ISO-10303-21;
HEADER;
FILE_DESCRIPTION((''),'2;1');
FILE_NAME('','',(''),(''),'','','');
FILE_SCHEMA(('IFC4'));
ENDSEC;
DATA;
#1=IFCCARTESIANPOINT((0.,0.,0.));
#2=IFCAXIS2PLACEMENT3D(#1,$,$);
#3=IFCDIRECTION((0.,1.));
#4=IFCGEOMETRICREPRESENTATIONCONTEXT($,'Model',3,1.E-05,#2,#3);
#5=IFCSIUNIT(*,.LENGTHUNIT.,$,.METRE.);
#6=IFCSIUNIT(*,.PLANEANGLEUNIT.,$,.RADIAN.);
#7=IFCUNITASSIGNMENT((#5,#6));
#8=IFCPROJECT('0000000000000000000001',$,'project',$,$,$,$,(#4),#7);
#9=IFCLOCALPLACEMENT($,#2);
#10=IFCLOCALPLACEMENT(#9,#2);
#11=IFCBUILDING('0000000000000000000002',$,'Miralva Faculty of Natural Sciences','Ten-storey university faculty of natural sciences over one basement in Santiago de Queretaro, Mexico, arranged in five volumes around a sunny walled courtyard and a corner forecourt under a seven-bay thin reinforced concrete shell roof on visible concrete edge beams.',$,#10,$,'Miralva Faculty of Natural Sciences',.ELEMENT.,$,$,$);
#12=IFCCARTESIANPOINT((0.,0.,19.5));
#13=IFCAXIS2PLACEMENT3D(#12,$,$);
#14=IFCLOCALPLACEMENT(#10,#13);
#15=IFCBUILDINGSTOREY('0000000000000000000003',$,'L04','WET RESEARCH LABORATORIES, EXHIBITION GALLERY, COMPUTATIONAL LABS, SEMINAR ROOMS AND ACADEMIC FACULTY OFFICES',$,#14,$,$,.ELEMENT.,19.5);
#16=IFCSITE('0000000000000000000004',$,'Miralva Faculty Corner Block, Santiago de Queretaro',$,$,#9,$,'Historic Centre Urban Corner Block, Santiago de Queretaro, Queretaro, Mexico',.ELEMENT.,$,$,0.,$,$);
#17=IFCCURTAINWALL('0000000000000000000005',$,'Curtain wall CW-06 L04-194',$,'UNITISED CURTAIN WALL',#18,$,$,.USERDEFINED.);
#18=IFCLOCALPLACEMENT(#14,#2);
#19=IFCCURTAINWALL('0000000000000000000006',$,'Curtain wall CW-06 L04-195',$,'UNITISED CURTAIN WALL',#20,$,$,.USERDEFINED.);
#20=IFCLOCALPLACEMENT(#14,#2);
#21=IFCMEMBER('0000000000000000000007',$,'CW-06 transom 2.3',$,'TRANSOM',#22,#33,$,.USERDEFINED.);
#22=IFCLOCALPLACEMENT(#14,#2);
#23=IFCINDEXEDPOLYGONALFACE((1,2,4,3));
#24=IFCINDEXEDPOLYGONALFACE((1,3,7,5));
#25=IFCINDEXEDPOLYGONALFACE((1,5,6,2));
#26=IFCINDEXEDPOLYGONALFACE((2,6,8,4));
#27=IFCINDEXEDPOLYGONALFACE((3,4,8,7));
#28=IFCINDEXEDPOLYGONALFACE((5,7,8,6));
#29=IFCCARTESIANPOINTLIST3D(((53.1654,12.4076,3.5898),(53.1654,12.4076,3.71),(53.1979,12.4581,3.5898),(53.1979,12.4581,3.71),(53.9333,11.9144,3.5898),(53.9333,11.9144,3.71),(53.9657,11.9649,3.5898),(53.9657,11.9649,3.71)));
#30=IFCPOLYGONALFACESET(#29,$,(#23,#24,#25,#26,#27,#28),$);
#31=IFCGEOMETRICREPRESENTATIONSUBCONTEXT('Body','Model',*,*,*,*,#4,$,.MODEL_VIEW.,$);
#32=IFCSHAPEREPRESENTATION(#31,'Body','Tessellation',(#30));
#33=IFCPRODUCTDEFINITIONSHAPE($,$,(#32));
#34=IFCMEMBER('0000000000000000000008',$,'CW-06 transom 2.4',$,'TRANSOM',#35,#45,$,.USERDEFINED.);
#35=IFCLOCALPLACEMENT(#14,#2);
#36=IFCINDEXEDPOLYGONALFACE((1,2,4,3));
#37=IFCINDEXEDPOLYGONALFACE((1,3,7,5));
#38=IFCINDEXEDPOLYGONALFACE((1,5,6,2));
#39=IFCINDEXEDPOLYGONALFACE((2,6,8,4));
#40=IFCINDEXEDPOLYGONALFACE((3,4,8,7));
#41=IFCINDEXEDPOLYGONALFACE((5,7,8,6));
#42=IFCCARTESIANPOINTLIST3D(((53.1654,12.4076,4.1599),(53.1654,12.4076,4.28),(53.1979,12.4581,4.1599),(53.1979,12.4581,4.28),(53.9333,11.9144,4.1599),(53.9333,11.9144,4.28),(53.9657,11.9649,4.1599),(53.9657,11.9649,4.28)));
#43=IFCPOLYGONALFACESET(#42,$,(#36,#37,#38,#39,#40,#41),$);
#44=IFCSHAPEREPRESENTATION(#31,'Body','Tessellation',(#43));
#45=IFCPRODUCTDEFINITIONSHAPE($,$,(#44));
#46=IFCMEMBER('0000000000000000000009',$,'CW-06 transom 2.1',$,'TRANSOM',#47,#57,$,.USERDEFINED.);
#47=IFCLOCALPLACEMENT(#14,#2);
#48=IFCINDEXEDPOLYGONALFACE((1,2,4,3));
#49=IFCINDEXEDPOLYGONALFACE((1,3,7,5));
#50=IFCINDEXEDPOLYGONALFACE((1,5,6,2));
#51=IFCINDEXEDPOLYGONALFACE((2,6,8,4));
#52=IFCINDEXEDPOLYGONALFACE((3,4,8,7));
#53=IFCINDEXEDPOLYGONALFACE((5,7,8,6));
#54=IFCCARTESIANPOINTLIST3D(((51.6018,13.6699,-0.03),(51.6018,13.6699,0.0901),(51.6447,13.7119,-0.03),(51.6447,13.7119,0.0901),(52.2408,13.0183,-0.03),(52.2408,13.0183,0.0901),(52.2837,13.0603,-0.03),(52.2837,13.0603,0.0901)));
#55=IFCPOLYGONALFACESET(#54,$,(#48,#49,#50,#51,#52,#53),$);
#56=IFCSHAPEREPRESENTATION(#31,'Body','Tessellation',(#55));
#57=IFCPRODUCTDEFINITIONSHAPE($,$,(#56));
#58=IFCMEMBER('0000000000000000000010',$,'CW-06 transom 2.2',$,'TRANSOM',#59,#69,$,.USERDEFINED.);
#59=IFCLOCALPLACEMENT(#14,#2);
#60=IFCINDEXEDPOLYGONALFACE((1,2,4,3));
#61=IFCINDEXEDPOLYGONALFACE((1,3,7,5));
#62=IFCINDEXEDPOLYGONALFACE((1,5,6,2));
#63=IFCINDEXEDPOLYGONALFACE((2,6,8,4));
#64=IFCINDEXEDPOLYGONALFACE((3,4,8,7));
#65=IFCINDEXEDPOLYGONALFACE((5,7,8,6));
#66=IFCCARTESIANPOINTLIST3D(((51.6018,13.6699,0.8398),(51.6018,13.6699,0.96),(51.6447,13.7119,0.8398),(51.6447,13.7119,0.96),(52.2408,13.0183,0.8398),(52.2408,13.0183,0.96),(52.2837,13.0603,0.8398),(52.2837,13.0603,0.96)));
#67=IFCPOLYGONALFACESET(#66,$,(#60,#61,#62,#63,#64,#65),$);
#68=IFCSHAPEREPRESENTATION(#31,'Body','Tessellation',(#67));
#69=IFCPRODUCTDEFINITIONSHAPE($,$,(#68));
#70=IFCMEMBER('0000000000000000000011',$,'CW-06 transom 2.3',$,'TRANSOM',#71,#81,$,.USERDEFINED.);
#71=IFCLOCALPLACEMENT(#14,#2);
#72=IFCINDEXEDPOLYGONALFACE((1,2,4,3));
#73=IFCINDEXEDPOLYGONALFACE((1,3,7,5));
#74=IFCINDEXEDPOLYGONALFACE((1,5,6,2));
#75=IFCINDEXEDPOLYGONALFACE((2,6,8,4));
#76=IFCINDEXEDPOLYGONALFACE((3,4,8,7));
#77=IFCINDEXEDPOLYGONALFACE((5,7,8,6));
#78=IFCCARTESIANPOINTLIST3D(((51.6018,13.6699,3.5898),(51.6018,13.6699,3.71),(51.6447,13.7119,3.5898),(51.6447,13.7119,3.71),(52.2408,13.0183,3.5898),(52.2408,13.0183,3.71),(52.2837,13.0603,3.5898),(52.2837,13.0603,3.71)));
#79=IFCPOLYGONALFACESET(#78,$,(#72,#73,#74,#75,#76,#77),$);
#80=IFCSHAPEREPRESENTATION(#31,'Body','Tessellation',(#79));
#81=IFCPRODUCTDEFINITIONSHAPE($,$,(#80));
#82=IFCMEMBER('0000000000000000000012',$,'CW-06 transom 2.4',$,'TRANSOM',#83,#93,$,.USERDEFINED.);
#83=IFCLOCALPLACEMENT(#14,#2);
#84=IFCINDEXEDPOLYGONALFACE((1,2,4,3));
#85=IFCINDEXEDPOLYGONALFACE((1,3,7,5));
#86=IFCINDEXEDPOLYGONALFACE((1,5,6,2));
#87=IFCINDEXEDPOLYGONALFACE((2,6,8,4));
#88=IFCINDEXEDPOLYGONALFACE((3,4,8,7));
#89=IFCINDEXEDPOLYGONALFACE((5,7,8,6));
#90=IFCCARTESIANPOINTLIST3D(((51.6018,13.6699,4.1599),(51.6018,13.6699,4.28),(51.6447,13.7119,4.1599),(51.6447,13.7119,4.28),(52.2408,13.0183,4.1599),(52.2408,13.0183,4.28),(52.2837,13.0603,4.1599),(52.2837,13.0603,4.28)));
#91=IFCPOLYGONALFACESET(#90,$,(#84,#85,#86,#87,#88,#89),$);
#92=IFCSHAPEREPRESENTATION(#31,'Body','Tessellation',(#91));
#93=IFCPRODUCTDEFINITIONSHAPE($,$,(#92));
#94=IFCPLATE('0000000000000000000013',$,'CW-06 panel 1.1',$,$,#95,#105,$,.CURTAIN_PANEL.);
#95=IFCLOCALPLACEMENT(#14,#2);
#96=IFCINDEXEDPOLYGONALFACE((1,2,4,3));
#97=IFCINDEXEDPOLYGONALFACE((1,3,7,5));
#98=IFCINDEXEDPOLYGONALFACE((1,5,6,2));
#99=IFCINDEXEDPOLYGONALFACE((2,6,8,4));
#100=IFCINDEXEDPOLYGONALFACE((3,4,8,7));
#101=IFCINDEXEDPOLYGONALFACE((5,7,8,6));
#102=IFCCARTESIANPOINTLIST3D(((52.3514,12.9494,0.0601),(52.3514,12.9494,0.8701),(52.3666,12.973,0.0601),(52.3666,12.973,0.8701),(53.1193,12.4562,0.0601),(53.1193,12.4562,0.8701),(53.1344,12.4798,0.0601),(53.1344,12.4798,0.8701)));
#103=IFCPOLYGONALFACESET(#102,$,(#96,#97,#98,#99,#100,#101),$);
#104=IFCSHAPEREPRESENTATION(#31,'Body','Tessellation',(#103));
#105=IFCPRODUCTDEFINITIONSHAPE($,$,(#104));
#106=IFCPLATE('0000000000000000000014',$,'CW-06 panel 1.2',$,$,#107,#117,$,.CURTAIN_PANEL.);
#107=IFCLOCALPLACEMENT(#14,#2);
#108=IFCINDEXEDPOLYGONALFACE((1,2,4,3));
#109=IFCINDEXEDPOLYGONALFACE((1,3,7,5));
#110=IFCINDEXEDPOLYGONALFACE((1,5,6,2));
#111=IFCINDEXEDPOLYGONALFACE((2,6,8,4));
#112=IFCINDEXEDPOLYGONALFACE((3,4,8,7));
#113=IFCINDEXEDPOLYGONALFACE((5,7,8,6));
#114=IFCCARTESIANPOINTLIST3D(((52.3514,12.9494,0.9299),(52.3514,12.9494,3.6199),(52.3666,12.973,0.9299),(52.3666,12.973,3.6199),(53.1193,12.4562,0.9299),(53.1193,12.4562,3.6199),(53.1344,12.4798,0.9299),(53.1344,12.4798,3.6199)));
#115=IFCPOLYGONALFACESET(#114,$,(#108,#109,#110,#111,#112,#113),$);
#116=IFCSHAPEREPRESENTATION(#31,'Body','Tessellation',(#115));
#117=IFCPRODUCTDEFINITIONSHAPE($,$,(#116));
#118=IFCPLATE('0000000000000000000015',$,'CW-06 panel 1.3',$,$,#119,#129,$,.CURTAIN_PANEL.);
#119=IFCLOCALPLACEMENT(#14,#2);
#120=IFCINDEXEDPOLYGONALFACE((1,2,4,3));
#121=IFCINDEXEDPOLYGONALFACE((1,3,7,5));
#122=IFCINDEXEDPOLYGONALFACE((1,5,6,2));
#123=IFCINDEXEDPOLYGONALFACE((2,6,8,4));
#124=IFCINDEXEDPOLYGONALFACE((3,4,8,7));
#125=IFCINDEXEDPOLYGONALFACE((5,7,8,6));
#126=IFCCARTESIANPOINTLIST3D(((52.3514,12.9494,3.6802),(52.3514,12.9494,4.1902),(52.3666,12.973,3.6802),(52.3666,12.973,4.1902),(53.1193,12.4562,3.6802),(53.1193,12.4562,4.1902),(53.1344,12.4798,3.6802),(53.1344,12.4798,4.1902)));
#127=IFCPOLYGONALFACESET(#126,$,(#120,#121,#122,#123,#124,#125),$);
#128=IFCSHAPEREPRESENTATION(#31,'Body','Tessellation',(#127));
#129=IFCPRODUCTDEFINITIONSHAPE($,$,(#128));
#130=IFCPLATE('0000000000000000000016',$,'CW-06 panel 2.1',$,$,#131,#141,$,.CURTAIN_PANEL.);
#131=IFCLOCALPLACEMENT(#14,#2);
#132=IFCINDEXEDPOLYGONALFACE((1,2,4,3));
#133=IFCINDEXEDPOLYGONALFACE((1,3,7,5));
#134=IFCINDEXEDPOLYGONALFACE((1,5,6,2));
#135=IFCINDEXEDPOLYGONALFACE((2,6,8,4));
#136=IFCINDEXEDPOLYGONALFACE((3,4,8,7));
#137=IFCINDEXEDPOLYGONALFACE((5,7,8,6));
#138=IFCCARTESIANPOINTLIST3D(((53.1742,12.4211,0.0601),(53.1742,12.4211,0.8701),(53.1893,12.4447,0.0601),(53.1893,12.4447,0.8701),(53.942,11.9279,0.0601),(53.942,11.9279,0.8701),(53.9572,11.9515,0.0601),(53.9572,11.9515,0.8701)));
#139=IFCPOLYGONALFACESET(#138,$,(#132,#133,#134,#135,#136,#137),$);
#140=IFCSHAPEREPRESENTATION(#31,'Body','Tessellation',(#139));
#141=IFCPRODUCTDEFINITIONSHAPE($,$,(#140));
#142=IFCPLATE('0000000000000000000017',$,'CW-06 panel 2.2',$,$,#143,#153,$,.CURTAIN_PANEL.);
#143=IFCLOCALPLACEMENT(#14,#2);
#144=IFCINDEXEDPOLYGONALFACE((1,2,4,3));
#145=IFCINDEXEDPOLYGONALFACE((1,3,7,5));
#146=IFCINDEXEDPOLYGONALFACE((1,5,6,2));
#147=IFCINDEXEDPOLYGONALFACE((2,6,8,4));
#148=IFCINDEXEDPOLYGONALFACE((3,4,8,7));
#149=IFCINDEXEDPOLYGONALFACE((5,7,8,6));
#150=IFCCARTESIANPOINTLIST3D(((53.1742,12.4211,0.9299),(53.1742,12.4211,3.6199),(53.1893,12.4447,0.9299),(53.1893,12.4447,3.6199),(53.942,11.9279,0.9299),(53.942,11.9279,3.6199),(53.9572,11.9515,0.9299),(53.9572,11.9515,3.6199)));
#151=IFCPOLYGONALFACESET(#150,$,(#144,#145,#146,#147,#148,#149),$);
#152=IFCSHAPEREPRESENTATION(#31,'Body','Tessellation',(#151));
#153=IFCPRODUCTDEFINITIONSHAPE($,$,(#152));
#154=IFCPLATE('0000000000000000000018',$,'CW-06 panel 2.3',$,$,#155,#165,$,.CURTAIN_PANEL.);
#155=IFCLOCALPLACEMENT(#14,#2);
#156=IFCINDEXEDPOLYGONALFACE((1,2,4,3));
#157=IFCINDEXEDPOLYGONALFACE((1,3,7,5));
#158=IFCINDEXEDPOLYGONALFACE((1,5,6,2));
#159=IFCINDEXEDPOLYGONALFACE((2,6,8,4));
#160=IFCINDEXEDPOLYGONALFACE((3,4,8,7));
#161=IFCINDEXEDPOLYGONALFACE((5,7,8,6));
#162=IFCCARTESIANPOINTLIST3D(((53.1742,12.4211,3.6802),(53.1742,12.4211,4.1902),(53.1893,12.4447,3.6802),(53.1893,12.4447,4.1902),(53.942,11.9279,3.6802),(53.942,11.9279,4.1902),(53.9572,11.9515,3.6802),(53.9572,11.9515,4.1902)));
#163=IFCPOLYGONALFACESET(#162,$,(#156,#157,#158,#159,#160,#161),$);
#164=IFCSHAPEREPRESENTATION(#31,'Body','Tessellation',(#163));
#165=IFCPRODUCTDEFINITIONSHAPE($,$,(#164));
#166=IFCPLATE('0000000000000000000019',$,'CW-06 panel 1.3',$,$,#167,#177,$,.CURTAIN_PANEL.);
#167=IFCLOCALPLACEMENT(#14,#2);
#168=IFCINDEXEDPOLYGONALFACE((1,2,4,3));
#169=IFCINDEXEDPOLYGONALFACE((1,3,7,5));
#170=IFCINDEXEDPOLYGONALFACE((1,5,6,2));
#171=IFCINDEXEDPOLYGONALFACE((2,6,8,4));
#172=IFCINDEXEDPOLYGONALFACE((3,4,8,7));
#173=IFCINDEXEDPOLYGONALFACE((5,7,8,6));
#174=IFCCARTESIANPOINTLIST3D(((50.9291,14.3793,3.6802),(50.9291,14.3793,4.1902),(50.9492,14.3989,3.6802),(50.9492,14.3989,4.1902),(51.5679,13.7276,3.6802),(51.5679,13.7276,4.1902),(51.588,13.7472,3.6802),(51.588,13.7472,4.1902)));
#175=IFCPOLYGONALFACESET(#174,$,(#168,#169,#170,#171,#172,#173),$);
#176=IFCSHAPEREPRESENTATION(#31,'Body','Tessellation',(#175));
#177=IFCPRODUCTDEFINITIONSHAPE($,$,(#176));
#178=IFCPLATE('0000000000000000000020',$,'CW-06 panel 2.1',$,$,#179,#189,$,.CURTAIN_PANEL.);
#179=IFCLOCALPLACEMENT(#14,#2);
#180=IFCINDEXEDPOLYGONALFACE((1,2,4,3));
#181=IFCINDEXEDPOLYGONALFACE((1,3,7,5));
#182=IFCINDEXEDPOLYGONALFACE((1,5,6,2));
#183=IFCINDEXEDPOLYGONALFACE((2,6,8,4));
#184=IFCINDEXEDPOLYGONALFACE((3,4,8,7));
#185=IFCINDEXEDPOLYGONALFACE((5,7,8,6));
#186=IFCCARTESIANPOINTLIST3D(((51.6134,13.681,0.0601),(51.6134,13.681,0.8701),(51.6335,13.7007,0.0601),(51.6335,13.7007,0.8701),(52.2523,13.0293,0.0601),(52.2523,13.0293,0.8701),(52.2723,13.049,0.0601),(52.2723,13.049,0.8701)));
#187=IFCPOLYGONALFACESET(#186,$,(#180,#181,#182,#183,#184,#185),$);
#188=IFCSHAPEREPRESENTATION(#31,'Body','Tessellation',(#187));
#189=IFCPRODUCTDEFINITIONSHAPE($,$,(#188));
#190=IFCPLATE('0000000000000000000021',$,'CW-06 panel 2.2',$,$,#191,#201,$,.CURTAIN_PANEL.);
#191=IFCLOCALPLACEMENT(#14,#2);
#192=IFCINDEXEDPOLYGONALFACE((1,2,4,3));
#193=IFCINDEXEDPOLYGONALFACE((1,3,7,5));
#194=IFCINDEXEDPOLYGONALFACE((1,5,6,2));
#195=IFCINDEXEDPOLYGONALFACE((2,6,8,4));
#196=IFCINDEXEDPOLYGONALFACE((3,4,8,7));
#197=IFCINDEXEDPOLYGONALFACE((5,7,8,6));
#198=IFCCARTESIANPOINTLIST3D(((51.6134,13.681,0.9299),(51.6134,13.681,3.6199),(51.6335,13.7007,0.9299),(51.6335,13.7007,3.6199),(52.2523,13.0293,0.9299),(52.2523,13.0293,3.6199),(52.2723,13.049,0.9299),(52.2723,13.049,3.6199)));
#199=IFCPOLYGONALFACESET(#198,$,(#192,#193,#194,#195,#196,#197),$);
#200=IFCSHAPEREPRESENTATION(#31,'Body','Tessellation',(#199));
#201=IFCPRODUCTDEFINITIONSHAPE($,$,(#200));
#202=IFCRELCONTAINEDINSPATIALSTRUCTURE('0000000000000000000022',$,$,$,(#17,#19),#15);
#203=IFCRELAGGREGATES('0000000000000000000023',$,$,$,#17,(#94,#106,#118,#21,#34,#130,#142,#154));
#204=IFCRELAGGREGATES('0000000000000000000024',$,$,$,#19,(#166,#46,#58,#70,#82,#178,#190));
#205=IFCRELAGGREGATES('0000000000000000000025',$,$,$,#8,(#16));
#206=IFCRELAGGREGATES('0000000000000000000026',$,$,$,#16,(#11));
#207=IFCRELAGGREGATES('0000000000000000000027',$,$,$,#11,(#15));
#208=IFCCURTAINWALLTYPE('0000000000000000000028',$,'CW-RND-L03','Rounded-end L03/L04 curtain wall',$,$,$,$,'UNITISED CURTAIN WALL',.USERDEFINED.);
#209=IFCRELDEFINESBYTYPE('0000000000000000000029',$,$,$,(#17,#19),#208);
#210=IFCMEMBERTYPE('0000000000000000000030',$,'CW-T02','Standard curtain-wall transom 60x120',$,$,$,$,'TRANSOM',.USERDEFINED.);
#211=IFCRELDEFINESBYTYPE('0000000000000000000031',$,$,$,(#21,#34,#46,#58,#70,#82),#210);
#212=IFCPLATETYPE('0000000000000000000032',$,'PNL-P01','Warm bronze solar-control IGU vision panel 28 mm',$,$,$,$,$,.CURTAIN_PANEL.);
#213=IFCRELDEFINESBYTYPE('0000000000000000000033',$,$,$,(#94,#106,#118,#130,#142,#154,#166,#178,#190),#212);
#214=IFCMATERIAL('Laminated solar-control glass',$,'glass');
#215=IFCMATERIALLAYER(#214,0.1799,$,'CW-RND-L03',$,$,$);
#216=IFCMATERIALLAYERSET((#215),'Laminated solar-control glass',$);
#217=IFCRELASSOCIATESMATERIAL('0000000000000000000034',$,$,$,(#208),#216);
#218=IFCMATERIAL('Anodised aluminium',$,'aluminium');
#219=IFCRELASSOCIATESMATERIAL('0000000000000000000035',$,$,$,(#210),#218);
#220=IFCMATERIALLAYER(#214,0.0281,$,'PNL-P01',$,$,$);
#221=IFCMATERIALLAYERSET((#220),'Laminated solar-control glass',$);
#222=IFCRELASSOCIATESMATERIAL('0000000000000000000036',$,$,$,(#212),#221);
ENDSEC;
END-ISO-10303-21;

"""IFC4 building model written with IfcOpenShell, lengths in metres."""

from ifc_helpers import new_model, si_unit, direction, frame, origin, origin_2d, place, context, subcontext, project, spatial, rectangle, extrude, material, layer, layer_set, material_profile, profile_set, type_object, element, aggregate, save


model = new_model("IFC4")

# Units and contexts
model_context = context("Model", 3, precision=1e-05, world=origin(), true_north=direction((0.0, 1.0)))
body_context = subcontext(model_context, "Body", "Model", "MODEL_VIEW")
ifc_project = project(units=[si_unit("LENGTHUNIT", "METRE"), si_unit("PLANEANGLEUNIT", "RADIAN")], contexts=[model_context])

# Site, building, storey
site_placement = place(None, origin())
site = spatial("IfcSite", under=ifc_project, at=site_placement, Name="Miralva Faculty Corner Block, Santiago de Queretaro", LongName="Historic Centre Urban Corner Block, Santiago de Queretaro, Queretaro, Mexico", CompositionType="ELEMENT", RefElevation=0.0)
building_placement = place(site_placement, origin())
building = spatial("IfcBuilding", under=site, at=building_placement, Name="Miralva Faculty of Natural Sciences", Description="Ten-storey university faculty of natural sciences over one basement in Santiago de Queretaro, Mexico, arranged in five volumes around a sunny walled courtyard and a corner forecourt under a seven-bay thin reinforced concrete shell roof on visible concrete edge beams.", LongName="Miralva Faculty of Natural Sciences", CompositionType="ELEMENT")
storey_placement = place(building_placement, frame((0.0, 0.0, 19.5)))
storey = spatial("IfcBuildingStorey", under=building, at=storey_placement, Name="L04", Description="WET RESEARCH LABORATORIES, EXHIBITION GALLERY, COMPUTATIONAL LABS, SEMINAR ROOMS AND ACADEMIC FACULTY OFFICES", CompositionType="ELEMENT", Elevation=19.5)

# Shared definitions
ifc_material_1 = material(Name="Laminated solar-control glass", Category="glass")
ifc_layer_1 = layer(ifc_material_1, 0.1799, Name="CW-RND-L03")
ifc_layer_set_1 = layer_set([ifc_layer_1], Name="Laminated solar-control glass")
curtain_wall_type = type_object("IfcCurtainWallType", Name="CW-RND-L03", Description="Rounded-end L03/L04 curtain wall", ElementType="UNITISED CURTAIN WALL", PredefinedType="USERDEFINED", material=ifc_layer_set_1)
ifc_material_2 = material(Name="Anodised aluminium", Category="aluminium")

# Curtain walls
curtain_wall_1_placement = place(storey_placement, origin())
curtain_wall_1 = element("IfcCurtainWall", 1, at=curtain_wall_1_placement, inside=storey, type_object=curtain_wall_type, Name="Curtain wall CW-06 L04-194", ObjectType="UNITISED CURTAIN WALL", PredefinedType="USERDEFINED")
curtain_wall_2_placement = place(storey_placement, origin())
curtain_wall_2 = element("IfcCurtainWall", 2, at=curtain_wall_2_placement, inside=storey, type_object=curtain_wall_type, Name="Curtain wall CW-06 L04-195", ObjectType="UNITISED CURTAIN WALL", PredefinedType="USERDEFINED")

# Members
ifc_material_profile_1 = material_profile(ifc_material_2, rectangle(XDim=0.0601, YDim=0.1201, at=origin_2d()), Name="TRANSOM 60x120")
ifc_profile_set_1 = profile_set([ifc_material_profile_1], Name="Anodised aluminium")
member_type_1 = type_object("IfcMemberType", Name="CW-T02", Description="Standard curtain-wall transom 60x120", ElementType="TRANSOM", PredefinedType="USERDEFINED", material=ifc_profile_set_1)
member_1_placement = place(storey_placement, frame((53.1816, 12.4329, 3.6499), z_axis=(0.841396, -0.54042, 0.0), x_axis=(0.54042, 0.841396, 0.0)))
member_1 = element("IfcMember", 3, at=member_1_placement, type_object=member_type_1, Name="CW-06 transom 2.3", ObjectType="TRANSOM", PredefinedType="USERDEFINED", context=body_context, shape_type="SweptSolid", body=[
    extrude(rectangle(XDim=0.0601, YDim=0.1201, at=origin_2d()), origin(), (0.0, 0.0, 1.0), 0.9126),
])
member_2_placement = place(storey_placement, frame((53.1816, 12.4329, 4.22), z_axis=(0.841396, -0.54042, 0.0), x_axis=(0.54042, 0.841396, 0.0)))
member_2 = element("IfcMember", 4, at=member_2_placement, type_object=member_type_1, Name="CW-06 transom 2.4", ObjectType="TRANSOM", PredefinedType="USERDEFINED", context=body_context, shape_type="SweptSolid", body=[
    extrude(rectangle(XDim=0.0601, YDim=0.1201, at=origin_2d()), origin(), (0.0, 0.0, 1.0), 0.9126),
])
member_3_placement = place(storey_placement, frame((51.6233, 13.6909, 0.03), z_axis=(0.700117, -0.714028, 0.0), x_axis=(0.714028, 0.700117, 0.0)))
member_3 = element("IfcMember", 5, at=member_3_placement, type_object=member_type_1, Name="CW-06 transom 2.1", ObjectType="TRANSOM", PredefinedType="USERDEFINED", context=body_context, shape_type="SweptSolid", body=[
    extrude(rectangle(XDim=0.0601, YDim=0.1201, at=origin_2d()), origin(), (0.0, 0.0, 1.0), 0.9126),
])
member_4_placement = place(storey_placement, frame((51.6233, 13.6909, 0.8999), z_axis=(0.700117, -0.714028, 0.0), x_axis=(0.714028, 0.700117, 0.0)))
member_4 = element("IfcMember", 6, at=member_4_placement, type_object=member_type_1, Name="CW-06 transom 2.2", ObjectType="TRANSOM", PredefinedType="USERDEFINED", context=body_context, shape_type="SweptSolid", body=[
    extrude(rectangle(XDim=0.0601, YDim=0.1201, at=origin_2d()), origin(), (0.0, 0.0, 1.0), 0.9126),
])
member_5_placement = place(storey_placement, frame((51.6233, 13.6909, 3.6499), z_axis=(0.700117, -0.714028, 0.0), x_axis=(0.714028, 0.700117, 0.0)))
member_5 = element("IfcMember", 7, at=member_5_placement, type_object=member_type_1, Name="CW-06 transom 2.3", ObjectType="TRANSOM", PredefinedType="USERDEFINED", context=body_context, shape_type="SweptSolid", body=[
    extrude(rectangle(XDim=0.0601, YDim=0.1201, at=origin_2d()), origin(), (0.0, 0.0, 1.0), 0.9126),
])
member_6_placement = place(storey_placement, frame((51.6233, 13.6909, 4.22), z_axis=(0.700117, -0.714028, 0.0), x_axis=(0.714028, 0.700117, 0.0)))
member_6 = element("IfcMember", 8, at=member_6_placement, type_object=member_type_1, Name="CW-06 transom 2.4", ObjectType="TRANSOM", PredefinedType="USERDEFINED", context=body_context, shape_type="SweptSolid", body=[
    extrude(rectangle(XDim=0.0601, YDim=0.1201, at=origin_2d()), origin(), (0.0, 0.0, 1.0), 0.9126),
])

# Plates
ifc_layer_2 = layer(ifc_material_1, 0.0281, Name="PNL-P01")
ifc_layer_set_2 = layer_set([ifc_layer_2], Name="Laminated solar-control glass")
plate_type = type_object("IfcPlateType", Name="PNL-P01", Description="Warm bronze solar-control IGU vision panel 28 mm", PredefinedType="CURTAIN_PANEL", material=ifc_layer_set_2)
plate_1_placement = place(storey_placement, frame((52.7429, 12.7146, 0.0601), z_axis=(0.0, 0.0, 1.0), x_axis=(0.841379, -0.540445, 0.0)))
plate_1 = element("IfcPlate", 9, at=plate_1_placement, type_object=plate_type, Name="CW-06 panel 1.1", PredefinedType="CURTAIN_PANEL", context=body_context, shape_type="SweptSolid", body=[
    extrude(rectangle(XDim=0.9126, YDim=0.0281, at=origin_2d()), origin(), (0.0, 0.0, 1.0), 0.8101),
])
plate_2_placement = place(storey_placement, frame((52.7429, 12.7146, 0.9299), z_axis=(0.0, 0.0, 1.0), x_axis=(0.841379, -0.540445, 0.0)))
plate_2 = element("IfcPlate", 10, at=plate_2_placement, type_object=plate_type, Name="CW-06 panel 1.2", PredefinedType="CURTAIN_PANEL", context=body_context, shape_type="SweptSolid", body=[
    extrude(rectangle(XDim=0.9126, YDim=0.0281, at=origin_2d()), origin(), (0.0, 0.0, 1.0), 2.6899),
])
plate_3_placement = place(storey_placement, frame((52.7429, 12.7146, 3.6802), z_axis=(0.0, 0.0, 1.0), x_axis=(0.841379, -0.540445, 0.0)))
plate_3 = element("IfcPlate", 11, at=plate_3_placement, type_object=plate_type, Name="CW-06 panel 1.3", PredefinedType="CURTAIN_PANEL", context=body_context, shape_type="SweptSolid", body=[
    extrude(rectangle(XDim=0.9126, YDim=0.0281, at=origin_2d()), origin(), (0.0, 0.0, 1.0), 0.51),
])
plate_4_placement = place(storey_placement, frame((53.5657, 12.1863, 0.0601), z_axis=(0.0, 0.0, 1.0), x_axis=(0.841379, -0.540445, 0.0)))
plate_4 = element("IfcPlate", 12, at=plate_4_placement, type_object=plate_type, Name="CW-06 panel 2.1", PredefinedType="CURTAIN_PANEL", context=body_context, shape_type="SweptSolid", body=[
    extrude(rectangle(XDim=0.9126, YDim=0.0281, at=origin_2d()), origin(), (0.0, 0.0, 1.0), 0.8101),
])
plate_5_placement = place(storey_placement, frame((53.5657, 12.1863, 0.9299), z_axis=(0.0, 0.0, 1.0), x_axis=(0.841379, -0.540445, 0.0)))
plate_5 = element("IfcPlate", 13, at=plate_5_placement, type_object=plate_type, Name="CW-06 panel 2.2", PredefinedType="CURTAIN_PANEL", context=body_context, shape_type="SweptSolid", body=[
    extrude(rectangle(XDim=0.9126, YDim=0.0281, at=origin_2d()), origin(), (0.0, 0.0, 1.0), 2.6899),
])
plate_6_placement = place(storey_placement, frame((53.5657, 12.1863, 3.6802), z_axis=(0.0, 0.0, 1.0), x_axis=(0.841379, -0.540445, 0.0)))
plate_6 = element("IfcPlate", 14, at=plate_6_placement, type_object=plate_type, Name="CW-06 panel 2.3", PredefinedType="CURTAIN_PANEL", context=body_context, shape_type="SweptSolid", body=[
    extrude(rectangle(XDim=0.9126, YDim=0.0281, at=origin_2d()), origin(), (0.0, 0.0, 1.0), 0.51),
])
aggregate(curtain_wall_1, [plate_1, plate_2, plate_3, member_1, member_2, plate_4, plate_5, plate_6])
plate_7_placement = place(storey_placement, frame((51.2585, 14.0632, 3.6802), z_axis=(0.0, 0.0, 1.0), x_axis=(0.700018, -0.714125, 0.0)))
plate_7 = element("IfcPlate", 15, at=plate_7_placement, type_object=plate_type, Name="CW-06 panel 1.3", PredefinedType="CURTAIN_PANEL", context=body_context, shape_type="SweptSolid", body=[
    extrude(rectangle(XDim=0.9126, YDim=0.0281, at=origin_2d()), origin(), (0.0, 0.0, 1.0), 0.51),
])
plate_8_placement = place(storey_placement, frame((51.9429, 13.365, 0.0601), z_axis=(0.0, 0.0, 1.0), x_axis=(0.700018, -0.714125, 0.0)))
plate_8 = element("IfcPlate", 16, at=plate_8_placement, type_object=plate_type, Name="CW-06 panel 2.1", PredefinedType="CURTAIN_PANEL", context=body_context, shape_type="SweptSolid", body=[
    extrude(rectangle(XDim=0.9126, YDim=0.0281, at=origin_2d()), origin(), (0.0, 0.0, 1.0), 0.8101),
])
plate_9_placement = place(storey_placement, frame((51.9429, 13.365, 0.9299), z_axis=(0.0, 0.0, 1.0), x_axis=(0.700018, -0.714125, 0.0)))
plate_9 = element("IfcPlate", 17, at=plate_9_placement, type_object=plate_type, Name="CW-06 panel 2.2", PredefinedType="CURTAIN_PANEL", context=body_context, shape_type="SweptSolid", body=[
    extrude(rectangle(XDim=0.9126, YDim=0.0281, at=origin_2d()), origin(), (0.0, 0.0, 1.0), 2.6899),
])
aggregate(curtain_wall_2, [plate_7, member_3, member_4, member_5, member_6, plate_8, plate_9])

save(model, "model.ifc")
